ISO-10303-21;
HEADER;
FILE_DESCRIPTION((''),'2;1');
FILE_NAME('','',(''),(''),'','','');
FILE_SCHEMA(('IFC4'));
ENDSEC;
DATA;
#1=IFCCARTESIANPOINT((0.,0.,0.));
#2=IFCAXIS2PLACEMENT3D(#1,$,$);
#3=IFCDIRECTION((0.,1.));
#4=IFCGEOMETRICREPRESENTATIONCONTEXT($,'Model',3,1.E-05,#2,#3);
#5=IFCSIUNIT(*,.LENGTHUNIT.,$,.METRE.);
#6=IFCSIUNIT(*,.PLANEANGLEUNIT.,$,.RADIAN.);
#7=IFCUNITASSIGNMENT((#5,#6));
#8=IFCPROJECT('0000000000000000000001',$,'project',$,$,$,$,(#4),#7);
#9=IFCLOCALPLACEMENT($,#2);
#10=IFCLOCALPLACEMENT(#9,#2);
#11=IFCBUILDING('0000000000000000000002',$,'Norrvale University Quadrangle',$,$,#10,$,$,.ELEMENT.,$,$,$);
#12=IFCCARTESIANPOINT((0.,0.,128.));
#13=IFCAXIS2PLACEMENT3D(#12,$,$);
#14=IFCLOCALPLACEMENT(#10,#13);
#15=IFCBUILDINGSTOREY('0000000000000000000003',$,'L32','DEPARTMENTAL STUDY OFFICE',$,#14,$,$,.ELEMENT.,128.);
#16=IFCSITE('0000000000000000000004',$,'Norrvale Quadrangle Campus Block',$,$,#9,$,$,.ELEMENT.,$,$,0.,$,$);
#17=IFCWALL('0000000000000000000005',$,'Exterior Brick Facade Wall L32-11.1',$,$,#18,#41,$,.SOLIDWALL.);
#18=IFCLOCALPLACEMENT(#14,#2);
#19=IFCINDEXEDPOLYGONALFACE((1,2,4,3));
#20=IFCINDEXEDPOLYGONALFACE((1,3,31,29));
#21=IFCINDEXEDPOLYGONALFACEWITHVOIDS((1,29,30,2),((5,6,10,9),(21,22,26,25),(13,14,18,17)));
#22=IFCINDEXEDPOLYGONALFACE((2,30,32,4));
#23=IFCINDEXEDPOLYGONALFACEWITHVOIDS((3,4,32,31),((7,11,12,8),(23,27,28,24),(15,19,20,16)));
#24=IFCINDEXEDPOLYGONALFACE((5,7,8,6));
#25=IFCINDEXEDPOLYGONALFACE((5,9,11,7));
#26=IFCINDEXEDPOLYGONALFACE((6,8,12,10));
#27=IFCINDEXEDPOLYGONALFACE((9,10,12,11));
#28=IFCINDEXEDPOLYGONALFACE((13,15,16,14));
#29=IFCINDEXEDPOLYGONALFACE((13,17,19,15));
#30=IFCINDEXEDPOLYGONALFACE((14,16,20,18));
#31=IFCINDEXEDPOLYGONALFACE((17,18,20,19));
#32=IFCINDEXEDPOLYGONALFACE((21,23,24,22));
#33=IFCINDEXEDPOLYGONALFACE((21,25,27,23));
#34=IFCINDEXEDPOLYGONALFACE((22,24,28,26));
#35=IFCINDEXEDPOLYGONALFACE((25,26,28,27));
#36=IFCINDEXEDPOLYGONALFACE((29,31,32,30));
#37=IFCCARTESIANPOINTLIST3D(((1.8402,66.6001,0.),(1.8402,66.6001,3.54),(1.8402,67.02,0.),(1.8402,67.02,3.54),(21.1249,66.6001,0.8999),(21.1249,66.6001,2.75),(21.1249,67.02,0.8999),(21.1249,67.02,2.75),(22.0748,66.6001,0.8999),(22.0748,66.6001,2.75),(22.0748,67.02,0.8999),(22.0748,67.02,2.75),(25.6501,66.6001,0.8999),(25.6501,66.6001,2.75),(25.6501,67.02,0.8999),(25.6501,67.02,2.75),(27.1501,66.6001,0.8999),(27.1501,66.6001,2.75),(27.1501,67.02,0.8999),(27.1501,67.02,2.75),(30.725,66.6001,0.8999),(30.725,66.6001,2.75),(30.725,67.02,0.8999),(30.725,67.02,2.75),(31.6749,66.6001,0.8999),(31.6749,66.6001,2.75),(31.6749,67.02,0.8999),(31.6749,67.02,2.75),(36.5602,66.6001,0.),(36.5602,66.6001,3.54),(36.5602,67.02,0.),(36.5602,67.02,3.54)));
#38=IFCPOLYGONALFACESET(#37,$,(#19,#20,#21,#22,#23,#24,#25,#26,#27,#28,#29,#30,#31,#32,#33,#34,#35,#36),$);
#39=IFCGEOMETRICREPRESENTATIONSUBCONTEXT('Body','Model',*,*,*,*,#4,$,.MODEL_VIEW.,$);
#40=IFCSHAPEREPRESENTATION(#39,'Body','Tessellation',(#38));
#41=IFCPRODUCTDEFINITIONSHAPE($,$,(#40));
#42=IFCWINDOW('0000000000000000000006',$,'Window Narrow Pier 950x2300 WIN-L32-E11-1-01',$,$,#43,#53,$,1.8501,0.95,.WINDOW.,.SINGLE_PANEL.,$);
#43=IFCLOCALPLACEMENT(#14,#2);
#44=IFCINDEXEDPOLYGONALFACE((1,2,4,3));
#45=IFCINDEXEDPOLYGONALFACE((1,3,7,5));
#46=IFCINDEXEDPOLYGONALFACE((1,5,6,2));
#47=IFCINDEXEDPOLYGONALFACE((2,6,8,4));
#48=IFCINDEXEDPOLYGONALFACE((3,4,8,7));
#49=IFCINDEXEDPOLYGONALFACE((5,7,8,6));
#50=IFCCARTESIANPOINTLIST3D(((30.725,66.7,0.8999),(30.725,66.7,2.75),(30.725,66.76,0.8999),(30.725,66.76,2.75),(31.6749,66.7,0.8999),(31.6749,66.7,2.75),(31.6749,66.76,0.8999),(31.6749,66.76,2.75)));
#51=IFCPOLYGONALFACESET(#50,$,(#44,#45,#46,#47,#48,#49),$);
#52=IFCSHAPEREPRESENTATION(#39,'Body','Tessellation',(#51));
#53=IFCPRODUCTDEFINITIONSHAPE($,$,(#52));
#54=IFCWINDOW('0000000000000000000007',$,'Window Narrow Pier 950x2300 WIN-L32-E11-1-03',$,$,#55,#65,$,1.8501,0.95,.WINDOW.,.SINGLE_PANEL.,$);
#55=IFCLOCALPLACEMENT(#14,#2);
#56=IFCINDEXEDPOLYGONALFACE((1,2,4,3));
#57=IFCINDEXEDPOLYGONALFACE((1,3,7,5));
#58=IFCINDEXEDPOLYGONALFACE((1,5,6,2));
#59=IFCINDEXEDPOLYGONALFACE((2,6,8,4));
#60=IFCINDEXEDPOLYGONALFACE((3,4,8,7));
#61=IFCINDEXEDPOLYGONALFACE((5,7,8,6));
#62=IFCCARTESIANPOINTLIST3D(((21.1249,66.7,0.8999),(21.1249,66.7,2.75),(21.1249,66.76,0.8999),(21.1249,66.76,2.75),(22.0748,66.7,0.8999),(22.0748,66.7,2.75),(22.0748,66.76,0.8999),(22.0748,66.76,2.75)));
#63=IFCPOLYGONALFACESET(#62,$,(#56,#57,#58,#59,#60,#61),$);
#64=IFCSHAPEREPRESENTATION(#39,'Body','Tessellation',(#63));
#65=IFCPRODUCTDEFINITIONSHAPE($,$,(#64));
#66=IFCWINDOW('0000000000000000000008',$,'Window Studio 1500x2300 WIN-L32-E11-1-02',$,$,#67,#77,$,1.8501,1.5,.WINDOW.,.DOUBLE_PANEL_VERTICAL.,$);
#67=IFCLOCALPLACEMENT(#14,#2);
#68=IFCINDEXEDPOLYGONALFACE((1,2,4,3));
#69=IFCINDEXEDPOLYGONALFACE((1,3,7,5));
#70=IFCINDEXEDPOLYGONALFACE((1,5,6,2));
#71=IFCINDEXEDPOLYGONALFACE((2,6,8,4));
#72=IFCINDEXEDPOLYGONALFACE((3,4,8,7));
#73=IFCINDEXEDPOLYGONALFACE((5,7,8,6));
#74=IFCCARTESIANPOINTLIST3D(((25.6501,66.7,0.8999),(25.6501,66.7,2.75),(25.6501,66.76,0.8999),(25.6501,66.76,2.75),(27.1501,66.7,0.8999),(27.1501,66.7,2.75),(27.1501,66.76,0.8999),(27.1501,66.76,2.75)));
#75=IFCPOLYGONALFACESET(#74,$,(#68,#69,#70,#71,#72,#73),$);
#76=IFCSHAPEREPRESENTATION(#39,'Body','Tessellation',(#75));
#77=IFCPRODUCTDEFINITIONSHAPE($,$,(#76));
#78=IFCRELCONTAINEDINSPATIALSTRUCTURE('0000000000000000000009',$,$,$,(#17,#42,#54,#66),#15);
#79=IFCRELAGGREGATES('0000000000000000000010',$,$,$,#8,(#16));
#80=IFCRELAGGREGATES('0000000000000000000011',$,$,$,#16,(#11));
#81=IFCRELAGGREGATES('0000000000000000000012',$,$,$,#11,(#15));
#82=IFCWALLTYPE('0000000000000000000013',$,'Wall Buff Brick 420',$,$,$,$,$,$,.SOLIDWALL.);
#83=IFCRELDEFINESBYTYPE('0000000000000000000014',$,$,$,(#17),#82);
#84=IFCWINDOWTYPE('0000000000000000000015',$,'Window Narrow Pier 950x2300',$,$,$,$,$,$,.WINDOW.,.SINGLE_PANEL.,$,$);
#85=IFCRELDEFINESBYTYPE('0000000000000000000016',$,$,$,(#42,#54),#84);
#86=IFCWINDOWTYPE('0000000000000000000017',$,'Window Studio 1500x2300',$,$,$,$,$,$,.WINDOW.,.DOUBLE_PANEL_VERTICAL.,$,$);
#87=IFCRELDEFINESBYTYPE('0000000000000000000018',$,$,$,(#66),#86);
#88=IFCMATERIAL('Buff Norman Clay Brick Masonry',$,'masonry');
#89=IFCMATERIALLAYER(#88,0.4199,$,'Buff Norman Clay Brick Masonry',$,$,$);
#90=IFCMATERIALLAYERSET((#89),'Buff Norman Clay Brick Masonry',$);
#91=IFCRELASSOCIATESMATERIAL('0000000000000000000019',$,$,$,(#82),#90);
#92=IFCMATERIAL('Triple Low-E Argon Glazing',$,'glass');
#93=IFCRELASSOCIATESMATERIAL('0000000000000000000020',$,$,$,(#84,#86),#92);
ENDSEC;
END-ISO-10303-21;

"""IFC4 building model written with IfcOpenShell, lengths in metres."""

from ifc_helpers import new_model, si_unit, direction, frame, frame_2d, origin, place, context, subcontext, project, spatial, rectangle, extrude, material, layer, layer_set, type_object, element, fill, save


model = new_model("IFC4")

# Units and contexts
model_context = context("Model", 3, precision=1e-05, world=origin(), true_north=direction((0.0, 1.0)))
body_context = subcontext(model_context, "Body", "Model", "MODEL_VIEW")
ifc_project = project(units=[si_unit("LENGTHUNIT", "METRE"), si_unit("PLANEANGLEUNIT", "RADIAN")], contexts=[model_context])

# Site, building, storey
site_placement = place(None, origin())
site = spatial("IfcSite", under=ifc_project, at=site_placement, Name="Norrvale Quadrangle Campus Block", CompositionType="ELEMENT", RefElevation=0.0)
building_placement = place(site_placement, origin())
building = spatial("IfcBuilding", under=site, at=building_placement, Name="Norrvale University Quadrangle", CompositionType="ELEMENT")
storey_placement = place(building_placement, frame((0.0, 0.0, 128.0)))
storey = spatial("IfcBuildingStorey", under=building, at=storey_placement, Name="L32", Description="DEPARTMENTAL STUDY OFFICE", CompositionType="ELEMENT", Elevation=128.0)

# Shared definitions
ifc_material_1 = material(Name="Buff Norman Clay Brick Masonry", Category="masonry")
ifc_layer = layer(ifc_material_1, 0.4199, Name="Buff Norman Clay Brick Masonry")
ifc_layer_set = layer_set([ifc_layer], Name="Buff Norman Clay Brick Masonry")
wall_type = type_object("IfcWallType", Name="Wall Buff Brick 420", PredefinedType="SOLIDWALL", material=ifc_layer_set)

# Wall, openings, windows
wall_1_placement = place(storey_placement, frame((36.5601, 66.8101, 0.0), z_axis=(0.0, 0.0, 1.0), x_axis=(-1.0, 0.0, 0.0)))
wall_1 = element("IfcWall", 1, at=wall_1_placement, inside=storey, type_object=wall_type, Name="Exterior Brick Facade Wall L32-11.1", PredefinedType="SOLIDWALL", context=body_context, shape_type="SweptSolid", body=[
    extrude(rectangle(XDim=34.72, YDim=0.4199, at=frame_2d((17.3599, 0.0))), origin(), (0.0, 0.0, 1.0), 3.54),
])
opening_1_placement = place(wall_1_placement, frame((4.885, 0.0, 0.8999)))
opening_1 = element("IfcOpeningElement", 2, at=opening_1_placement, cuts=wall_1, PredefinedType="OPENING", context=body_context, shape_type="SweptSolid", body=[
    extrude(rectangle(XDim=0.95, YDim=1.8501, at=frame_2d((0.4751, 0.925))), frame((0.0, 0.2219, 0.0), z_axis=(0.0, -1.0, 0.0), x_axis=(1.0, 0.0, 0.0)), (0.0, 0.0, 1.0), 0.4438),
])
opening_2_placement = place(wall_1_placement, frame((9.4099, 0.0, 0.8999)))
opening_2 = element("IfcOpeningElement", 3, at=opening_2_placement, cuts=wall_1, PredefinedType="OPENING", context=body_context, shape_type="SweptSolid", body=[
    extrude(rectangle(XDim=1.5, YDim=1.8501, at=frame_2d((0.75, 0.925))), frame((0.0, 0.2219, 0.0), z_axis=(0.0, -1.0, 0.0), x_axis=(1.0, 0.0, 0.0)), (0.0, 0.0, 1.0), 0.4438),
])
opening_3_placement = place(wall_1_placement, frame((14.4851, 0.0, 0.8999)))
opening_3 = element("IfcOpeningElement", 4, at=opening_3_placement, cuts=wall_1, PredefinedType="OPENING", context=body_context, shape_type="SweptSolid", body=[
    extrude(rectangle(XDim=0.95, YDim=1.8501, at=frame_2d((0.4751, 0.925))), frame((0.0, 0.2219, 0.0), z_axis=(0.0, -1.0, 0.0), x_axis=(1.0, 0.0, 0.0)), (0.0, 0.0, 1.0), 0.4438),
])
ifc_material_2 = material(Name="Triple Low-E Argon Glazing", Category="glass")
window_type_1 = type_object("IfcWindowType", Name="Window Narrow Pier 950x2300", PartitioningType="SINGLE_PANEL", PredefinedType="WINDOW", material=ifc_material_2)
window_1_placement = place(opening_1_placement, origin())
window_1 = element("IfcWindow", 5, at=window_1_placement, inside=storey, type_object=window_type_1, Name="Window Narrow Pier 950x2300 WIN-L32-E11-1-01", OverallHeight=1.8501, OverallWidth=0.95, PartitioningType="SINGLE_PANEL", PredefinedType="WINDOW", context=body_context, shape_type="SweptSolid", body=[
    extrude(rectangle(XDim=0.95, YDim=1.8501, at=frame_2d((0.4751, 0.925))), frame((0.0, 0.1101, 0.0), z_axis=(0.0, -1.0, 0.0), x_axis=(1.0, 0.0, 0.0)), (0.0, 0.0, 1.0), 0.0601),
])
fill(opening_1, window_1)
window_2_placement = place(opening_3_placement, origin())
window_2 = element("IfcWindow", 6, at=window_2_placement, inside=storey, type_object=window_type_1, Name="Window Narrow Pier 950x2300 WIN-L32-E11-1-03", OverallHeight=1.8501, OverallWidth=0.95, PartitioningType="SINGLE_PANEL", PredefinedType="WINDOW", context=body_context, shape_type="SweptSolid", body=[
    extrude(rectangle(XDim=0.95, YDim=1.8501, at=frame_2d((0.4751, 0.925))), frame((0.0, 0.1101, 0.0), z_axis=(0.0, -1.0, 0.0), x_axis=(1.0, 0.0, 0.0)), (0.0, 0.0, 1.0), 0.0601),
])
fill(opening_3, window_2)
window_type_2 = type_object("IfcWindowType", Name="Window Studio 1500x2300", PartitioningType="DOUBLE_PANEL_VERTICAL", PredefinedType="WINDOW", material=ifc_material_2)
window_3_placement = place(opening_2_placement, origin())
window_3 = element("IfcWindow", 7, at=window_3_placement, inside=storey, type_object=window_type_2, Name="Window Studio 1500x2300 WIN-L32-E11-1-02", OverallHeight=1.8501, OverallWidth=1.5, PartitioningType="DOUBLE_PANEL_VERTICAL", PredefinedType="WINDOW", context=body_context, shape_type="SweptSolid", body=[
    extrude(rectangle(XDim=1.5, YDim=1.8501, at=frame_2d((0.75, 0.925))), frame((0.0, 0.1101, 0.0), z_axis=(0.0, -1.0, 0.0), x_axis=(1.0, 0.0, 0.0)), (0.0, 0.0, 1.0), 0.0601),
])
fill(opening_2, window_3)

save(model, "model.ifc")
